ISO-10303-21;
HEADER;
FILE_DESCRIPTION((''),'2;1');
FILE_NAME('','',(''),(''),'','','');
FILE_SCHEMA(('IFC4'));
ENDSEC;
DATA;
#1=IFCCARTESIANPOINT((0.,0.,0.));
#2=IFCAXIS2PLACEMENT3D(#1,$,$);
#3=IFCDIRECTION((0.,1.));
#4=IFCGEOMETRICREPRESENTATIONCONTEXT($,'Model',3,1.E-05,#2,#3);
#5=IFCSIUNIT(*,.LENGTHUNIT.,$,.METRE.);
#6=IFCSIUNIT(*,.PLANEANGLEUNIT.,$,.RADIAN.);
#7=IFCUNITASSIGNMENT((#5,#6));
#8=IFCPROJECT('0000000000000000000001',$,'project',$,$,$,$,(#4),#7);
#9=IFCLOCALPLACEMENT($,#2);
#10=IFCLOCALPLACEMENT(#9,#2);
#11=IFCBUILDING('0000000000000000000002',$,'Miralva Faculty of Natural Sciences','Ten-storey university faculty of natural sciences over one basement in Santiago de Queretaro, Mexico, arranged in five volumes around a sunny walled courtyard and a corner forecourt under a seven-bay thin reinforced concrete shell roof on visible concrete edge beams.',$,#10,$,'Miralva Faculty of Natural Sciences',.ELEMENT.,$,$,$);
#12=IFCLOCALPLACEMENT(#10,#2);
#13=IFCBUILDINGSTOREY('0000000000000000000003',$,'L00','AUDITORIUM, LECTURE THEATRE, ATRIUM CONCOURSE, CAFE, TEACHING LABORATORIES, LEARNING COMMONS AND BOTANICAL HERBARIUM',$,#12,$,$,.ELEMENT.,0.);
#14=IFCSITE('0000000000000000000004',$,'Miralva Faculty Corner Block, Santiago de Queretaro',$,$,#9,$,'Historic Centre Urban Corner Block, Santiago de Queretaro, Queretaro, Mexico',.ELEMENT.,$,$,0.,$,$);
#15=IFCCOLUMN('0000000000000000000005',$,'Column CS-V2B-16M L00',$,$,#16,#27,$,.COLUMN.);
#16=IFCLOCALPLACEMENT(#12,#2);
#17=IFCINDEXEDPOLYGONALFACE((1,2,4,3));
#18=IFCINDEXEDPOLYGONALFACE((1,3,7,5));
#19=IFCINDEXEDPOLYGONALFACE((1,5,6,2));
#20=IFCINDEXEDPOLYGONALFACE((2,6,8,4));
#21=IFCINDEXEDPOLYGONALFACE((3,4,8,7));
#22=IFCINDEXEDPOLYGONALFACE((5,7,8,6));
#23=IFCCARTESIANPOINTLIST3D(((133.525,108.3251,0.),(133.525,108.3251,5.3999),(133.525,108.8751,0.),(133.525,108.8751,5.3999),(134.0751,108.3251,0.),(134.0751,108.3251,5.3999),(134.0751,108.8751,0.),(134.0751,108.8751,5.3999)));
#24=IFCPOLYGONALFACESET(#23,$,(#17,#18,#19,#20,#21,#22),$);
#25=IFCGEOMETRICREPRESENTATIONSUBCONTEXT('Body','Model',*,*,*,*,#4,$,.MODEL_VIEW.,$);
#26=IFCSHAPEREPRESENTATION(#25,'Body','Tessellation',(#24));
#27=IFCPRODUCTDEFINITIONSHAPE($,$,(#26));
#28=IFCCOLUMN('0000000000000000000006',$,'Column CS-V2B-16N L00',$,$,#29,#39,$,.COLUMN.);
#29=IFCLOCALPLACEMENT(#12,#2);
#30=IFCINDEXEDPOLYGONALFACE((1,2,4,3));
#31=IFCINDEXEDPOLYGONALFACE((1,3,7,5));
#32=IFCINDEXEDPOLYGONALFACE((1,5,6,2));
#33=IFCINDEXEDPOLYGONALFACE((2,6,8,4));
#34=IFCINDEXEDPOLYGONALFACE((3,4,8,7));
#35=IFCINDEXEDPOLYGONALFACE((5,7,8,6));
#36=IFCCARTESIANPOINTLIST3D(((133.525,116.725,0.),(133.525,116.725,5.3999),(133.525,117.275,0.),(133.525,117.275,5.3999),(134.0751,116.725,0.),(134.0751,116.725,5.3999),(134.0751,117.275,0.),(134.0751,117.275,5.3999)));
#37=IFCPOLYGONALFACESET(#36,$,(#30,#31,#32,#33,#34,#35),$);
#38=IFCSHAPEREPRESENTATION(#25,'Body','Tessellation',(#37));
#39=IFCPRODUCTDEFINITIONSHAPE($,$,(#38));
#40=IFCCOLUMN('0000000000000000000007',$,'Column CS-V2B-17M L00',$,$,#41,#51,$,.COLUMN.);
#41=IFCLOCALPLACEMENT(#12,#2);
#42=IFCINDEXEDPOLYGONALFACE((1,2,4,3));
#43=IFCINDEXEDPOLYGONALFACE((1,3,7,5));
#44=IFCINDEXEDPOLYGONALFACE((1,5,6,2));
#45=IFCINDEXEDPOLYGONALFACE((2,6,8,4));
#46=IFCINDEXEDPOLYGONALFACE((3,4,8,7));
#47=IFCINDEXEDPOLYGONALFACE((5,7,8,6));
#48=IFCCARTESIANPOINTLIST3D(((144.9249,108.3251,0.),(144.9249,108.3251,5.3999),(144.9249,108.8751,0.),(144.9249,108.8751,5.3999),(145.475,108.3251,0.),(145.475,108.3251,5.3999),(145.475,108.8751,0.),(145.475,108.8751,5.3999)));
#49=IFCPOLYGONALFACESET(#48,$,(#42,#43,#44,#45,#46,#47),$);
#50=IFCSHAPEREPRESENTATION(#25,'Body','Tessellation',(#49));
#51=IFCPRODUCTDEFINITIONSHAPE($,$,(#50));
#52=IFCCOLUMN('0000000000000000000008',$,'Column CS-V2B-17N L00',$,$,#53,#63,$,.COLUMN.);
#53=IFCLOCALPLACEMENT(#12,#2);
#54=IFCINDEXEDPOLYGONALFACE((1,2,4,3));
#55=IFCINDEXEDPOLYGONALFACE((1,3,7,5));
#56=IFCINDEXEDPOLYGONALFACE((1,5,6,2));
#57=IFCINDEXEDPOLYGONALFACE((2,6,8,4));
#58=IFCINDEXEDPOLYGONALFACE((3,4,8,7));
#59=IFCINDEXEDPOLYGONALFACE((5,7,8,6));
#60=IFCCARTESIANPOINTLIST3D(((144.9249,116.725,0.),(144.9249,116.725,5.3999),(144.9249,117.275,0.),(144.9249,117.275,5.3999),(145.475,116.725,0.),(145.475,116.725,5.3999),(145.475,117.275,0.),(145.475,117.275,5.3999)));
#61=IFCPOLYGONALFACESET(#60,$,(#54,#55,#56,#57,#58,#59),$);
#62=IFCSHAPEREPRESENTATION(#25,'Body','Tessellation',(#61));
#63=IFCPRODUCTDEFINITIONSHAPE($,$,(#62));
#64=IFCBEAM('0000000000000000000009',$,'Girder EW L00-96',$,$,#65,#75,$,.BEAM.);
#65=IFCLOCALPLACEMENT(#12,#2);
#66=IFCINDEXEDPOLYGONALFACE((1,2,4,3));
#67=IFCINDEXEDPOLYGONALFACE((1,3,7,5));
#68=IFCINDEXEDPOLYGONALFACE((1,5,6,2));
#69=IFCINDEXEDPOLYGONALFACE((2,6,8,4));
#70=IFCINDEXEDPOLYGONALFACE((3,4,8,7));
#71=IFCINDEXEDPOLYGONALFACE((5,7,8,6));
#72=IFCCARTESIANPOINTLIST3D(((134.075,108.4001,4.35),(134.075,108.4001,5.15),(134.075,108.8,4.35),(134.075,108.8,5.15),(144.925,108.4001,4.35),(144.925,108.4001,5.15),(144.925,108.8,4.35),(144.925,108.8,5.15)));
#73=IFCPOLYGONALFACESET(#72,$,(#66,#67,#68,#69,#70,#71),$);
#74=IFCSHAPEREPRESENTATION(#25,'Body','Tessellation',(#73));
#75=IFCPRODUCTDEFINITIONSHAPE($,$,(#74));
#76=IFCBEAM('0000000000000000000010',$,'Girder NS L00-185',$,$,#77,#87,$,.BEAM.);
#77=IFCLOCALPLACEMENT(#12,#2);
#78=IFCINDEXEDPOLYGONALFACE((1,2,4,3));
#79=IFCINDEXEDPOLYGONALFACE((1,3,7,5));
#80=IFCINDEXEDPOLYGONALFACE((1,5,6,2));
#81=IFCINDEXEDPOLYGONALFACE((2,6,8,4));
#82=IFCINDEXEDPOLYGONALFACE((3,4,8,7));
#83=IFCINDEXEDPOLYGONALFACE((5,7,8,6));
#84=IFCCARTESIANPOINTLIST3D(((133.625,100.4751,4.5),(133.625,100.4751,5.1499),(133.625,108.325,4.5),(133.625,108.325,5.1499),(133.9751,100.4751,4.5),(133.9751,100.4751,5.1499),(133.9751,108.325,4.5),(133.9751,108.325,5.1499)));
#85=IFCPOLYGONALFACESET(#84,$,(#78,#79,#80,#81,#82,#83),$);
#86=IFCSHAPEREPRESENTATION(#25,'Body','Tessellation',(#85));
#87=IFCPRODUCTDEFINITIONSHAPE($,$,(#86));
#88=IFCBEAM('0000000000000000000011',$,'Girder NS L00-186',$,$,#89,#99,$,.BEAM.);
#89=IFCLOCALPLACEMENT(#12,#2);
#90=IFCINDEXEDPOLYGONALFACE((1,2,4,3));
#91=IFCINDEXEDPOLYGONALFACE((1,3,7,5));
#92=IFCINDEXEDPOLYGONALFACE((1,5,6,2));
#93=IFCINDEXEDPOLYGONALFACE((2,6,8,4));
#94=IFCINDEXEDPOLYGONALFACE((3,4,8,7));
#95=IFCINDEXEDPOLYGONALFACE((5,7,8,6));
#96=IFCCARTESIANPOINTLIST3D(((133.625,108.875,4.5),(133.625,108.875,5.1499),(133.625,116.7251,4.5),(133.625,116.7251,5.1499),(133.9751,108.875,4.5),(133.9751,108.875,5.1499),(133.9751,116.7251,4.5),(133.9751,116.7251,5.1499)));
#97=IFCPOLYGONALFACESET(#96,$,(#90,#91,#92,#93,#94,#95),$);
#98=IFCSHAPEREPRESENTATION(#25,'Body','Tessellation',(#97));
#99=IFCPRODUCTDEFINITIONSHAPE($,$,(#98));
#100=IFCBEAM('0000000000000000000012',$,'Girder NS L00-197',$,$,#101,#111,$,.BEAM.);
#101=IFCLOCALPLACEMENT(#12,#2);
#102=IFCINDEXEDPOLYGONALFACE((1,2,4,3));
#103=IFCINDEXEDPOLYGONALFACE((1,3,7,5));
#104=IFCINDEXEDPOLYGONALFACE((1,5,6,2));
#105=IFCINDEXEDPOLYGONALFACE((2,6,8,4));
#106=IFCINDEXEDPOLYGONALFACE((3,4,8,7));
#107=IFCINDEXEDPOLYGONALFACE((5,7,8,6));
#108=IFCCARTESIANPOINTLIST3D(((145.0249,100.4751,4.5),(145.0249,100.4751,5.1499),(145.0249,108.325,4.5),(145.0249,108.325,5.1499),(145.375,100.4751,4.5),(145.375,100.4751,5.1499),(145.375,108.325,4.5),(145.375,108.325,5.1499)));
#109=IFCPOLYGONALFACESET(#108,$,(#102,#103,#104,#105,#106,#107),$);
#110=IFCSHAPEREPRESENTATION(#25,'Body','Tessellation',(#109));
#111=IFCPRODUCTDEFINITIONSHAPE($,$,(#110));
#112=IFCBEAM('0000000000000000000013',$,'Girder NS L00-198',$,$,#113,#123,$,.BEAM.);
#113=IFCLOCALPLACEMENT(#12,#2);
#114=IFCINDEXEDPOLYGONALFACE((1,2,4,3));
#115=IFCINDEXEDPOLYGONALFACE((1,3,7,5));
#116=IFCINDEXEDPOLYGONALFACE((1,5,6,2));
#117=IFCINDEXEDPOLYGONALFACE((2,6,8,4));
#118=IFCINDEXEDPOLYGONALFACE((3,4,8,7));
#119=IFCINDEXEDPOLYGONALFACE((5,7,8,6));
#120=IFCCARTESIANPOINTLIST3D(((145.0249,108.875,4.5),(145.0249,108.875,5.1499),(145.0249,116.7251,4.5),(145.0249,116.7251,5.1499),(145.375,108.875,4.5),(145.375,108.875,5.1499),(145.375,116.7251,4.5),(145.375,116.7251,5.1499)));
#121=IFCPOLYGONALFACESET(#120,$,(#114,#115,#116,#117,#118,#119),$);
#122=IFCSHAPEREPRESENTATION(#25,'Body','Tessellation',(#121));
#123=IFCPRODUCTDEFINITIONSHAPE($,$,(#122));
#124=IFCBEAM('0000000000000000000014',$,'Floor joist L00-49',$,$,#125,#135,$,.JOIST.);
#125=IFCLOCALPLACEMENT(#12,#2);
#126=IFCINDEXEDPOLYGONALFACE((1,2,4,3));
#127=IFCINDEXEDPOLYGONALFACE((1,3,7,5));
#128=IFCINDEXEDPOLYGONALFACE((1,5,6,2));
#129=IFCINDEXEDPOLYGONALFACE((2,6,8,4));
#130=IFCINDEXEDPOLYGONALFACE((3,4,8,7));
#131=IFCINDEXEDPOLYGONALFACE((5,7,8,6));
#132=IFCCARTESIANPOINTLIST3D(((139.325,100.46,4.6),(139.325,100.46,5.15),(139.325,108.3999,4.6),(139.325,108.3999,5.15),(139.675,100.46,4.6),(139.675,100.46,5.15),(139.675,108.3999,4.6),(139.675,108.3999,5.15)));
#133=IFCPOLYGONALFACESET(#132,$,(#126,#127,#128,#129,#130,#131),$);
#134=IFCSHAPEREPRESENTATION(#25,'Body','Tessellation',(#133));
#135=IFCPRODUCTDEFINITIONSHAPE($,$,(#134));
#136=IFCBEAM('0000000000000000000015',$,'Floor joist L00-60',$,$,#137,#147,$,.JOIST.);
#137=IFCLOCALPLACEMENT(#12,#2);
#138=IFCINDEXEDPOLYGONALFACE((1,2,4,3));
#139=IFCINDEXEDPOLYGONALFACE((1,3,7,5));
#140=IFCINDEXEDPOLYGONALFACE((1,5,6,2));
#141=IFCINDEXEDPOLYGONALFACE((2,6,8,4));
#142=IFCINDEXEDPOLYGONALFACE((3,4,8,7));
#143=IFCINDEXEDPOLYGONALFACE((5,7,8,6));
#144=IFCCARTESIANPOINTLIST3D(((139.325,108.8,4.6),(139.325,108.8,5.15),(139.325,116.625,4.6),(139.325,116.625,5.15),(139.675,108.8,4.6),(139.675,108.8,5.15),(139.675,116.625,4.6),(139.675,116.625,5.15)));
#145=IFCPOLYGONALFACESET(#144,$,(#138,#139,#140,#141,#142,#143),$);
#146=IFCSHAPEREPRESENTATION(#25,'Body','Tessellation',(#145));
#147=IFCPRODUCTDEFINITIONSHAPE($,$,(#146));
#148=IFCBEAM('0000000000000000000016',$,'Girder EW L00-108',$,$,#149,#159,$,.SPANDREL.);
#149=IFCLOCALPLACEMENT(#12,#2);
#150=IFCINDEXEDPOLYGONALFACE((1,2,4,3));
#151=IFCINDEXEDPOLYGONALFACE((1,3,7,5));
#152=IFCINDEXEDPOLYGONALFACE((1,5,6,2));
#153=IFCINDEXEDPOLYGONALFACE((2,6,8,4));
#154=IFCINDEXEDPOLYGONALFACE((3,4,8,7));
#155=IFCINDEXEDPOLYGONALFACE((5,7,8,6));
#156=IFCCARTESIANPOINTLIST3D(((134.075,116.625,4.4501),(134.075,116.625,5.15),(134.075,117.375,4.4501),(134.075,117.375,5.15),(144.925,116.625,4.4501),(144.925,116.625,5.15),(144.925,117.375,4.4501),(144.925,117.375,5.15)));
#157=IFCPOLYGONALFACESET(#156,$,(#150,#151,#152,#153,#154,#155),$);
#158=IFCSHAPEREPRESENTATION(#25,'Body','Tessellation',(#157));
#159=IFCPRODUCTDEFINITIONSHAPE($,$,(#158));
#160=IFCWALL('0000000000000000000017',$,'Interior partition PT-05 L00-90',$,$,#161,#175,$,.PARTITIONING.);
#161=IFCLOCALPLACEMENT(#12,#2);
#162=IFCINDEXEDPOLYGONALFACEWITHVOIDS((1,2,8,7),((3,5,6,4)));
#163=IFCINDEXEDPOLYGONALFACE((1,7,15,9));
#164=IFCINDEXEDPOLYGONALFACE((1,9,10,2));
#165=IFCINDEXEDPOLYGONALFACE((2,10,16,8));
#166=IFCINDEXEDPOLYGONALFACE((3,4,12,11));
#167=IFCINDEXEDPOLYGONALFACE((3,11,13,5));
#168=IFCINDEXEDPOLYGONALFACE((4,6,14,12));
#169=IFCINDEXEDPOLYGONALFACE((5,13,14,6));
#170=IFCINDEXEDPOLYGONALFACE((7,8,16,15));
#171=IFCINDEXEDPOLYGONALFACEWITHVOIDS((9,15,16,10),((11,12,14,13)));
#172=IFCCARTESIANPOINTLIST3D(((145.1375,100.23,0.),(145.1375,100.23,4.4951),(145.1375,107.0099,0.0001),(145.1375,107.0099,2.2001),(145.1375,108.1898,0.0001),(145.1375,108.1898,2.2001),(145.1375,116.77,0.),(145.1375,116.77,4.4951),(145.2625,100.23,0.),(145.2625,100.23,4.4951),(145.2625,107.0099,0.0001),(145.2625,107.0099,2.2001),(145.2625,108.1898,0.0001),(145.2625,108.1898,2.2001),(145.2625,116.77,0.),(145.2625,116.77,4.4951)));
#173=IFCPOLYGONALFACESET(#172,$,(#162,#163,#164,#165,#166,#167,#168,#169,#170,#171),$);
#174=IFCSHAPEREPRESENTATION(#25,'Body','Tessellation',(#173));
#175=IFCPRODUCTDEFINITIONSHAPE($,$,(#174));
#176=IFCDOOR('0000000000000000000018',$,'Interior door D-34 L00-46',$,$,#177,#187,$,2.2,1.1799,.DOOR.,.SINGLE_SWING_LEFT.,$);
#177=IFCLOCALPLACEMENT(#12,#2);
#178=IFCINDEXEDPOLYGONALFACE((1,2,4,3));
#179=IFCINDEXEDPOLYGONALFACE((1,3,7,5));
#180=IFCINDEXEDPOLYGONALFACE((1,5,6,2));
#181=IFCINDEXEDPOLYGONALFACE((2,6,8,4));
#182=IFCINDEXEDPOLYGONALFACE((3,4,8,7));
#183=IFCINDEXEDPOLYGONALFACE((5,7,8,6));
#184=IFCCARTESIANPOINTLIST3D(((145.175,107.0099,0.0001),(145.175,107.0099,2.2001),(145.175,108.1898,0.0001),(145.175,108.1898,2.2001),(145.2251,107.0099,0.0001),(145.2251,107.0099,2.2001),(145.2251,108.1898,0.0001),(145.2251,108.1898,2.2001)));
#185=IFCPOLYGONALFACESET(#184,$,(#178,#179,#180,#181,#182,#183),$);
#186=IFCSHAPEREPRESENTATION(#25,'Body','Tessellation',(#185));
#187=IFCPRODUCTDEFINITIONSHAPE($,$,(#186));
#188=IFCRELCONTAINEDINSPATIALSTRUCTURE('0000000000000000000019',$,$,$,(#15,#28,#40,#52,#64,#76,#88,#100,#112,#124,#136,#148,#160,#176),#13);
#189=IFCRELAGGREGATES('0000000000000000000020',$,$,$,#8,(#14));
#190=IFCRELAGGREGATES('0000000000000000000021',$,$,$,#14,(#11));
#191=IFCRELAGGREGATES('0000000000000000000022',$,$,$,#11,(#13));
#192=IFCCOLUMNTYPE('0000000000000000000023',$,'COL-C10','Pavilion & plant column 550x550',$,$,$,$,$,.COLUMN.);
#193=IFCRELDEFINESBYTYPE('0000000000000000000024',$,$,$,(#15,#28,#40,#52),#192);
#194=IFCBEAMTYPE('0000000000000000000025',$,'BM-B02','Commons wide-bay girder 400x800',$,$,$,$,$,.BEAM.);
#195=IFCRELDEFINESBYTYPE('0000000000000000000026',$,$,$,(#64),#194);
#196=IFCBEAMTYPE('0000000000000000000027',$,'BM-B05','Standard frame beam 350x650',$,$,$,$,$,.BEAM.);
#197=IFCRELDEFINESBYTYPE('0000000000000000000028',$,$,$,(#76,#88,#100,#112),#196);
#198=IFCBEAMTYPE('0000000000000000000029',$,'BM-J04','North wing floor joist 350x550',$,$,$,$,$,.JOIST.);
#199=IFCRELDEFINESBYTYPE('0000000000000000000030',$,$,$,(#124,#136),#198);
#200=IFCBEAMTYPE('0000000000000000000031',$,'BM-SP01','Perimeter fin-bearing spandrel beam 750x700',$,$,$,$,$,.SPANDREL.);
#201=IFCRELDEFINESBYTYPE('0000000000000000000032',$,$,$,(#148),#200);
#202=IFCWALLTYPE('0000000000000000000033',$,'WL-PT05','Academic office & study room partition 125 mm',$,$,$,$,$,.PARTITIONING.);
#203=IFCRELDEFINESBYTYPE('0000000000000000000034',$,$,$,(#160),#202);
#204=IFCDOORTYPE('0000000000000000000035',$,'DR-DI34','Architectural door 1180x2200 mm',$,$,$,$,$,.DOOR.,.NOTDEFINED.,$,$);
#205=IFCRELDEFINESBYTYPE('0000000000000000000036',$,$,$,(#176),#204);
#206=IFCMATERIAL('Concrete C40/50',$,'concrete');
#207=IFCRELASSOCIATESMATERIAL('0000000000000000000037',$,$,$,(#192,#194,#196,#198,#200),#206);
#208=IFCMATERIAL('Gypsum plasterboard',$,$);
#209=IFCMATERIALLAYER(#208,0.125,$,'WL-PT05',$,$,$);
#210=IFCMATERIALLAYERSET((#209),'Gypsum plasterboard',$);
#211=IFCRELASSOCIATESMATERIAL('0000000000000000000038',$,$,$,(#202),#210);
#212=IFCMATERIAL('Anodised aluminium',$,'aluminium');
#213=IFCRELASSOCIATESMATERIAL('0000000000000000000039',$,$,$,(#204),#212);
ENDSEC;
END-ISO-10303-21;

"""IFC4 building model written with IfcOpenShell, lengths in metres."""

from ifc_helpers import new_model, si_unit, direction, frame, frame_2d, origin, origin_2d, place, context, subcontext, project, spatial, rectangle, extrude, material, layer, layer_set, material_profile, profile_set, type_object, element, fill, save


model = new_model("IFC4")

# Units and contexts
model_context = context("Model", 3, precision=1e-05, world=origin(), true_north=direction((0.0, 1.0)))
body_context = subcontext(model_context, "Body", "Model", "MODEL_VIEW")
ifc_project = project(units=[si_unit("LENGTHUNIT", "METRE"), si_unit("PLANEANGLEUNIT", "RADIAN")], contexts=[model_context])

# Site, building, storey
site_placement = place(None, origin())
site = spatial("IfcSite", under=ifc_project, at=site_placement, Name="Miralva Faculty Corner Block, Santiago de Queretaro", LongName="Historic Centre Urban Corner Block, Santiago de Queretaro, Queretaro, Mexico", CompositionType="ELEMENT", RefElevation=0.0)
building_placement = place(site_placement, origin())
building = spatial("IfcBuilding", under=site, at=building_placement, Name="Miralva Faculty of Natural Sciences", Description="Ten-storey university faculty of natural sciences over one basement in Santiago de Queretaro, Mexico, arranged in five volumes around a sunny walled courtyard and a corner forecourt under a seven-bay thin reinforced concrete shell roof on visible concrete edge beams.", LongName="Miralva Faculty of Natural Sciences", CompositionType="ELEMENT")
storey_placement = place(building_placement, origin())
storey = spatial("IfcBuildingStorey", under=building, at=storey_placement, Name="L00", Description="AUDITORIUM, LECTURE THEATRE, ATRIUM CONCOURSE, CAFE, TEACHING LABORATORIES, LEARNING COMMONS AND BOTANICAL HERBARIUM", CompositionType="ELEMENT", Elevation=0.0)

# Columns
ifc_material_1 = material(Name="Concrete C40/50", Category="concrete")
ifc_material_profile_1 = material_profile(ifc_material_1, rectangle(XDim=0.55, YDim=0.55, at=origin_2d()), Name="RC 550x550")
ifc_profile_set_1 = profile_set([ifc_material_profile_1], Name="Concrete C40/50")
column_type = type_object("IfcColumnType", Name="COL-C10", Description="Pavilion & plant column 550x550", PredefinedType="COLUMN", material=ifc_profile_set_1)
for number, where, z_axis, x_axis, name in (
    (1, (133.8, 108.6001, 0.0), (0.0, 0.0, 1.0), (1.0, 0.0, 0.0), "Column CS-V2B-16M L00"),
    (2, (133.8, 117.0, 0.0), (0.0, 0.0, 1.0), (1.0, 0.0, 0.0), "Column CS-V2B-16N L00"),
    (3, (145.2, 108.6001, 0.0), (0.0, 0.0, 1.0), (1.0, 0.0, 0.0), "Column CS-V2B-17M L00"),
    (4, (145.2, 117.0, 0.0), (0.0, 0.0, 1.0), (1.0, 0.0, 0.0), "Column CS-V2B-17N L00"),
):
    element("IfcColumn", number, at=place(storey_placement, frame(where, z_axis=z_axis, x_axis=x_axis)), inside=storey, type_object=column_type, Name=name, PredefinedType="COLUMN", context=body_context, shape_type="SweptSolid", body=[
        extrude(rectangle(XDim=0.55, YDim=0.55, at=origin_2d()), origin(), (0.0, 0.0, 1.0), 5.3999),
    ])

# Beams
ifc_material_profile_2 = material_profile(ifc_material_1, rectangle(XDim=0.3999, YDim=0.8, at=origin_2d()), Name="RC 400x800")
ifc_profile_set_2 = profile_set([ifc_material_profile_2], Name="Concrete C40/50")
beam_type_1 = type_object("IfcBeamType", Name="BM-B02", Description="Commons wide-bay girder 400x800", PredefinedType="BEAM", material=ifc_profile_set_2)
beam_1_placement = place(storey_placement, frame((134.075, 108.6001, 4.75), z_axis=(1.0, 0.0, 0.0), x_axis=(0.0, 1.0, 0.0)))
element("IfcBeam", 5, at=beam_1_placement, inside=storey, type_object=beam_type_1, Name="Girder EW L00-96", PredefinedType="BEAM", context=body_context, shape_type="SweptSolid", body=[
    extrude(rectangle(XDim=0.3999, YDim=0.8, at=origin_2d()), origin(), (0.0, 0.0, 1.0), 10.8501),
])
ifc_material_profile_3 = material_profile(ifc_material_1, rectangle(XDim=0.3501, YDim=0.6499, at=origin_2d()), Name="RC 350x650")
ifc_profile_set_3 = profile_set([ifc_material_profile_3], Name="Concrete C40/50")
beam_type_2 = type_object("IfcBeamType", Name="BM-B05", Description="Standard frame beam 350x650", PredefinedType="BEAM", material=ifc_profile_set_3)
beam_2_placement = place(storey_placement, frame((133.8, 100.4751, 4.825), z_axis=(0.0, 1.0, 0.0), x_axis=(-1.0, 0.0, 0.0)))
element("IfcBeam", 6, at=beam_2_placement, inside=storey, type_object=beam_type_2, Name="Girder NS L00-185", PredefinedType="BEAM", context=body_context, shape_type="SweptSolid", body=[
    extrude(rectangle(XDim=0.3501, YDim=0.6499, at=origin_2d()), origin(), (0.0, 0.0, 1.0), 7.8499),
])
beam_3_placement = place(storey_placement, frame((133.8, 108.875, 4.825), z_axis=(0.0, 1.0, 0.0), x_axis=(-1.0, 0.0, 0.0)))
element("IfcBeam", 7, at=beam_3_placement, inside=storey, type_object=beam_type_2, Name="Girder NS L00-186", PredefinedType="BEAM", context=body_context, shape_type="SweptSolid", body=[
    extrude(rectangle(XDim=0.3501, YDim=0.6499, at=origin_2d()), origin(), (0.0, 0.0, 1.0), 7.8501),
])
beam_4_placement = place(storey_placement, frame((145.2, 100.4751, 4.825), z_axis=(0.0, 1.0, 0.0), x_axis=(-1.0, 0.0, 0.0)))
element("IfcBeam", 8, at=beam_4_placement, inside=storey, type_object=beam_type_2, Name="Girder NS L00-197", PredefinedType="BEAM", context=body_context, shape_type="SweptSolid", body=[
    extrude(rectangle(XDim=0.3501, YDim=0.6499, at=origin_2d()), origin(), (0.0, 0.0, 1.0), 7.8499),
])
beam_5_placement = place(storey_placement, frame((145.2, 108.875, 4.825), z_axis=(0.0, 1.0, 0.0), x_axis=(-1.0, 0.0, 0.0)))
element("IfcBeam", 9, at=beam_5_placement, inside=storey, type_object=beam_type_2, Name="Girder NS L00-198", PredefinedType="BEAM", context=body_context, shape_type="SweptSolid", body=[
    extrude(rectangle(XDim=0.3501, YDim=0.6499, at=origin_2d()), origin(), (0.0, 0.0, 1.0), 7.8501),
])
ifc_material_profile_4 = material_profile(ifc_material_1, rectangle(XDim=0.3501, YDim=0.55, at=origin_2d()), Name="RC 350x550")
ifc_profile_set_4 = profile_set([ifc_material_profile_4], Name="Concrete C40/50")
beam_type_3 = type_object("IfcBeamType", Name="BM-J04", Description="North wing floor joist 350x550", PredefinedType="JOIST", material=ifc_profile_set_4)
beam_6_placement = place(storey_placement, frame((139.5, 100.46, 4.875), z_axis=(0.0, 1.0, 0.0), x_axis=(-1.0, 0.0, 0.0)))
element("IfcBeam", 10, at=beam_6_placement, inside=storey, type_object=beam_type_3, Name="Floor joist L00-49", PredefinedType="JOIST", context=body_context, shape_type="SweptSolid", body=[
    extrude(rectangle(XDim=0.3501, YDim=0.55, at=origin_2d()), origin(), (0.0, 0.0, 1.0), 7.9399),
])
beam_7_placement = place(storey_placement, frame((139.5, 108.8, 4.875), z_axis=(0.0, 1.0, 0.0), x_axis=(-1.0, 0.0, 0.0)))
element("IfcBeam", 11, at=beam_7_placement, inside=storey, type_object=beam_type_3, Name="Floor joist L00-60", PredefinedType="JOIST", context=body_context, shape_type="SweptSolid", body=[
    extrude(rectangle(XDim=0.3501, YDim=0.55, at=origin_2d()), origin(), (0.0, 0.0, 1.0), 7.825),
])
ifc_material_profile_5 = material_profile(ifc_material_1, rectangle(XDim=0.75, YDim=0.7, at=origin_2d()), Name="RC 750x700")
ifc_profile_set_5 = profile_set([ifc_material_profile_5], Name="Concrete C40/50")
beam_type_4 = type_object("IfcBeamType", Name="BM-SP01", Description="Perimeter fin-bearing spandrel beam 750x700", PredefinedType="SPANDREL", material=ifc_profile_set_5)
beam_8_placement = place(storey_placement, frame((134.075, 117.0, 4.8), z_axis=(1.0, 0.0, 0.0), x_axis=(0.0, 1.0, 0.0)))
element("IfcBeam", 12, at=beam_8_placement, inside=storey, type_object=beam_type_4, Name="Girder EW L00-108", PredefinedType="SPANDREL", context=body_context, shape_type="SweptSolid", body=[
    extrude(rectangle(XDim=0.75, YDim=0.7, at=origin_2d()), origin(), (0.0, 0.0, 1.0), 10.8501),
])

# Wall, opening, door
ifc_material_2 = material(Name="Gypsum plasterboard")
ifc_layer_1 = layer(ifc_material_2, 0.125, Name="WL-PT05")
ifc_layer_set_1 = layer_set([ifc_layer_1], Name="Gypsum plasterboard")
wall_type_1 = type_object("IfcWallType", Name="WL-PT05", Description="Academic office & study room partition 125 mm", PredefinedType="PARTITIONING", material=ifc_layer_set_1)
wall_1_placement = place(storey_placement, frame((145.2, 100.23, 0.0), z_axis=(0.0, 0.0, 1.0), x_axis=(0.0, 1.0, 0.0)))
wall_1 = element("IfcWall", 13, at=wall_1_placement, inside=storey, type_object=wall_type_1, Name="Interior partition PT-05 L00-90", PredefinedType="PARTITIONING", context=body_context, shape_type="SweptSolid", body=[
    extrude(rectangle(XDim=16.54, YDim=0.125, at=frame_2d((8.27, 0.0))), origin(), (0.0, 0.0, 1.0), 4.4951),
])
opening_1_placement = place(wall_1_placement, frame((6.78, 0.0, 0.0)))
opening_1 = element("IfcOpeningElement", 14, at=opening_1_placement, cuts=wall_1, PredefinedType="OPENING", context=body_context, shape_type="SweptSolid", body=[
    extrude(rectangle(XDim=1.1799, YDim=2.2, at=frame_2d((0.5898, 1.1001))), frame((0.0, 0.0725, 0.0), z_axis=(0.0, -1.0, 0.0), x_axis=(1.0, 0.0, 0.0)), (0.0, 0.0, 1.0), 0.145),
])
ifc_material_3 = material(Name="Anodised aluminium", Category="aluminium")
door_type = type_object("IfcDoorType", Name="DR-DI34", Description="Architectural door 1180x2200 mm", OperationType="NOTDEFINED", PredefinedType="DOOR", material=ifc_material_3)
door_placement = place(opening_1_placement, origin())
door = element("IfcDoor", 15, at=door_placement, inside=storey, type_object=door_type, Name="Interior door D-34 L00-46", OperationType="SINGLE_SWING_LEFT", OverallHeight=2.2, OverallWidth=1.1799, PredefinedType="DOOR", context=body_context, shape_type="SweptSolid", body=[
    extrude(rectangle(XDim=1.1799, YDim=2.2, at=frame_2d((0.5898, 1.1001))), frame((0.0, 0.0249, 0.0), z_axis=(0.0, -1.0, 0.0), x_axis=(1.0, 0.0, 0.0)), (0.0, 0.0, 1.0), 0.05),
])
fill(opening_1, door)

save(model, "model.ifc")
